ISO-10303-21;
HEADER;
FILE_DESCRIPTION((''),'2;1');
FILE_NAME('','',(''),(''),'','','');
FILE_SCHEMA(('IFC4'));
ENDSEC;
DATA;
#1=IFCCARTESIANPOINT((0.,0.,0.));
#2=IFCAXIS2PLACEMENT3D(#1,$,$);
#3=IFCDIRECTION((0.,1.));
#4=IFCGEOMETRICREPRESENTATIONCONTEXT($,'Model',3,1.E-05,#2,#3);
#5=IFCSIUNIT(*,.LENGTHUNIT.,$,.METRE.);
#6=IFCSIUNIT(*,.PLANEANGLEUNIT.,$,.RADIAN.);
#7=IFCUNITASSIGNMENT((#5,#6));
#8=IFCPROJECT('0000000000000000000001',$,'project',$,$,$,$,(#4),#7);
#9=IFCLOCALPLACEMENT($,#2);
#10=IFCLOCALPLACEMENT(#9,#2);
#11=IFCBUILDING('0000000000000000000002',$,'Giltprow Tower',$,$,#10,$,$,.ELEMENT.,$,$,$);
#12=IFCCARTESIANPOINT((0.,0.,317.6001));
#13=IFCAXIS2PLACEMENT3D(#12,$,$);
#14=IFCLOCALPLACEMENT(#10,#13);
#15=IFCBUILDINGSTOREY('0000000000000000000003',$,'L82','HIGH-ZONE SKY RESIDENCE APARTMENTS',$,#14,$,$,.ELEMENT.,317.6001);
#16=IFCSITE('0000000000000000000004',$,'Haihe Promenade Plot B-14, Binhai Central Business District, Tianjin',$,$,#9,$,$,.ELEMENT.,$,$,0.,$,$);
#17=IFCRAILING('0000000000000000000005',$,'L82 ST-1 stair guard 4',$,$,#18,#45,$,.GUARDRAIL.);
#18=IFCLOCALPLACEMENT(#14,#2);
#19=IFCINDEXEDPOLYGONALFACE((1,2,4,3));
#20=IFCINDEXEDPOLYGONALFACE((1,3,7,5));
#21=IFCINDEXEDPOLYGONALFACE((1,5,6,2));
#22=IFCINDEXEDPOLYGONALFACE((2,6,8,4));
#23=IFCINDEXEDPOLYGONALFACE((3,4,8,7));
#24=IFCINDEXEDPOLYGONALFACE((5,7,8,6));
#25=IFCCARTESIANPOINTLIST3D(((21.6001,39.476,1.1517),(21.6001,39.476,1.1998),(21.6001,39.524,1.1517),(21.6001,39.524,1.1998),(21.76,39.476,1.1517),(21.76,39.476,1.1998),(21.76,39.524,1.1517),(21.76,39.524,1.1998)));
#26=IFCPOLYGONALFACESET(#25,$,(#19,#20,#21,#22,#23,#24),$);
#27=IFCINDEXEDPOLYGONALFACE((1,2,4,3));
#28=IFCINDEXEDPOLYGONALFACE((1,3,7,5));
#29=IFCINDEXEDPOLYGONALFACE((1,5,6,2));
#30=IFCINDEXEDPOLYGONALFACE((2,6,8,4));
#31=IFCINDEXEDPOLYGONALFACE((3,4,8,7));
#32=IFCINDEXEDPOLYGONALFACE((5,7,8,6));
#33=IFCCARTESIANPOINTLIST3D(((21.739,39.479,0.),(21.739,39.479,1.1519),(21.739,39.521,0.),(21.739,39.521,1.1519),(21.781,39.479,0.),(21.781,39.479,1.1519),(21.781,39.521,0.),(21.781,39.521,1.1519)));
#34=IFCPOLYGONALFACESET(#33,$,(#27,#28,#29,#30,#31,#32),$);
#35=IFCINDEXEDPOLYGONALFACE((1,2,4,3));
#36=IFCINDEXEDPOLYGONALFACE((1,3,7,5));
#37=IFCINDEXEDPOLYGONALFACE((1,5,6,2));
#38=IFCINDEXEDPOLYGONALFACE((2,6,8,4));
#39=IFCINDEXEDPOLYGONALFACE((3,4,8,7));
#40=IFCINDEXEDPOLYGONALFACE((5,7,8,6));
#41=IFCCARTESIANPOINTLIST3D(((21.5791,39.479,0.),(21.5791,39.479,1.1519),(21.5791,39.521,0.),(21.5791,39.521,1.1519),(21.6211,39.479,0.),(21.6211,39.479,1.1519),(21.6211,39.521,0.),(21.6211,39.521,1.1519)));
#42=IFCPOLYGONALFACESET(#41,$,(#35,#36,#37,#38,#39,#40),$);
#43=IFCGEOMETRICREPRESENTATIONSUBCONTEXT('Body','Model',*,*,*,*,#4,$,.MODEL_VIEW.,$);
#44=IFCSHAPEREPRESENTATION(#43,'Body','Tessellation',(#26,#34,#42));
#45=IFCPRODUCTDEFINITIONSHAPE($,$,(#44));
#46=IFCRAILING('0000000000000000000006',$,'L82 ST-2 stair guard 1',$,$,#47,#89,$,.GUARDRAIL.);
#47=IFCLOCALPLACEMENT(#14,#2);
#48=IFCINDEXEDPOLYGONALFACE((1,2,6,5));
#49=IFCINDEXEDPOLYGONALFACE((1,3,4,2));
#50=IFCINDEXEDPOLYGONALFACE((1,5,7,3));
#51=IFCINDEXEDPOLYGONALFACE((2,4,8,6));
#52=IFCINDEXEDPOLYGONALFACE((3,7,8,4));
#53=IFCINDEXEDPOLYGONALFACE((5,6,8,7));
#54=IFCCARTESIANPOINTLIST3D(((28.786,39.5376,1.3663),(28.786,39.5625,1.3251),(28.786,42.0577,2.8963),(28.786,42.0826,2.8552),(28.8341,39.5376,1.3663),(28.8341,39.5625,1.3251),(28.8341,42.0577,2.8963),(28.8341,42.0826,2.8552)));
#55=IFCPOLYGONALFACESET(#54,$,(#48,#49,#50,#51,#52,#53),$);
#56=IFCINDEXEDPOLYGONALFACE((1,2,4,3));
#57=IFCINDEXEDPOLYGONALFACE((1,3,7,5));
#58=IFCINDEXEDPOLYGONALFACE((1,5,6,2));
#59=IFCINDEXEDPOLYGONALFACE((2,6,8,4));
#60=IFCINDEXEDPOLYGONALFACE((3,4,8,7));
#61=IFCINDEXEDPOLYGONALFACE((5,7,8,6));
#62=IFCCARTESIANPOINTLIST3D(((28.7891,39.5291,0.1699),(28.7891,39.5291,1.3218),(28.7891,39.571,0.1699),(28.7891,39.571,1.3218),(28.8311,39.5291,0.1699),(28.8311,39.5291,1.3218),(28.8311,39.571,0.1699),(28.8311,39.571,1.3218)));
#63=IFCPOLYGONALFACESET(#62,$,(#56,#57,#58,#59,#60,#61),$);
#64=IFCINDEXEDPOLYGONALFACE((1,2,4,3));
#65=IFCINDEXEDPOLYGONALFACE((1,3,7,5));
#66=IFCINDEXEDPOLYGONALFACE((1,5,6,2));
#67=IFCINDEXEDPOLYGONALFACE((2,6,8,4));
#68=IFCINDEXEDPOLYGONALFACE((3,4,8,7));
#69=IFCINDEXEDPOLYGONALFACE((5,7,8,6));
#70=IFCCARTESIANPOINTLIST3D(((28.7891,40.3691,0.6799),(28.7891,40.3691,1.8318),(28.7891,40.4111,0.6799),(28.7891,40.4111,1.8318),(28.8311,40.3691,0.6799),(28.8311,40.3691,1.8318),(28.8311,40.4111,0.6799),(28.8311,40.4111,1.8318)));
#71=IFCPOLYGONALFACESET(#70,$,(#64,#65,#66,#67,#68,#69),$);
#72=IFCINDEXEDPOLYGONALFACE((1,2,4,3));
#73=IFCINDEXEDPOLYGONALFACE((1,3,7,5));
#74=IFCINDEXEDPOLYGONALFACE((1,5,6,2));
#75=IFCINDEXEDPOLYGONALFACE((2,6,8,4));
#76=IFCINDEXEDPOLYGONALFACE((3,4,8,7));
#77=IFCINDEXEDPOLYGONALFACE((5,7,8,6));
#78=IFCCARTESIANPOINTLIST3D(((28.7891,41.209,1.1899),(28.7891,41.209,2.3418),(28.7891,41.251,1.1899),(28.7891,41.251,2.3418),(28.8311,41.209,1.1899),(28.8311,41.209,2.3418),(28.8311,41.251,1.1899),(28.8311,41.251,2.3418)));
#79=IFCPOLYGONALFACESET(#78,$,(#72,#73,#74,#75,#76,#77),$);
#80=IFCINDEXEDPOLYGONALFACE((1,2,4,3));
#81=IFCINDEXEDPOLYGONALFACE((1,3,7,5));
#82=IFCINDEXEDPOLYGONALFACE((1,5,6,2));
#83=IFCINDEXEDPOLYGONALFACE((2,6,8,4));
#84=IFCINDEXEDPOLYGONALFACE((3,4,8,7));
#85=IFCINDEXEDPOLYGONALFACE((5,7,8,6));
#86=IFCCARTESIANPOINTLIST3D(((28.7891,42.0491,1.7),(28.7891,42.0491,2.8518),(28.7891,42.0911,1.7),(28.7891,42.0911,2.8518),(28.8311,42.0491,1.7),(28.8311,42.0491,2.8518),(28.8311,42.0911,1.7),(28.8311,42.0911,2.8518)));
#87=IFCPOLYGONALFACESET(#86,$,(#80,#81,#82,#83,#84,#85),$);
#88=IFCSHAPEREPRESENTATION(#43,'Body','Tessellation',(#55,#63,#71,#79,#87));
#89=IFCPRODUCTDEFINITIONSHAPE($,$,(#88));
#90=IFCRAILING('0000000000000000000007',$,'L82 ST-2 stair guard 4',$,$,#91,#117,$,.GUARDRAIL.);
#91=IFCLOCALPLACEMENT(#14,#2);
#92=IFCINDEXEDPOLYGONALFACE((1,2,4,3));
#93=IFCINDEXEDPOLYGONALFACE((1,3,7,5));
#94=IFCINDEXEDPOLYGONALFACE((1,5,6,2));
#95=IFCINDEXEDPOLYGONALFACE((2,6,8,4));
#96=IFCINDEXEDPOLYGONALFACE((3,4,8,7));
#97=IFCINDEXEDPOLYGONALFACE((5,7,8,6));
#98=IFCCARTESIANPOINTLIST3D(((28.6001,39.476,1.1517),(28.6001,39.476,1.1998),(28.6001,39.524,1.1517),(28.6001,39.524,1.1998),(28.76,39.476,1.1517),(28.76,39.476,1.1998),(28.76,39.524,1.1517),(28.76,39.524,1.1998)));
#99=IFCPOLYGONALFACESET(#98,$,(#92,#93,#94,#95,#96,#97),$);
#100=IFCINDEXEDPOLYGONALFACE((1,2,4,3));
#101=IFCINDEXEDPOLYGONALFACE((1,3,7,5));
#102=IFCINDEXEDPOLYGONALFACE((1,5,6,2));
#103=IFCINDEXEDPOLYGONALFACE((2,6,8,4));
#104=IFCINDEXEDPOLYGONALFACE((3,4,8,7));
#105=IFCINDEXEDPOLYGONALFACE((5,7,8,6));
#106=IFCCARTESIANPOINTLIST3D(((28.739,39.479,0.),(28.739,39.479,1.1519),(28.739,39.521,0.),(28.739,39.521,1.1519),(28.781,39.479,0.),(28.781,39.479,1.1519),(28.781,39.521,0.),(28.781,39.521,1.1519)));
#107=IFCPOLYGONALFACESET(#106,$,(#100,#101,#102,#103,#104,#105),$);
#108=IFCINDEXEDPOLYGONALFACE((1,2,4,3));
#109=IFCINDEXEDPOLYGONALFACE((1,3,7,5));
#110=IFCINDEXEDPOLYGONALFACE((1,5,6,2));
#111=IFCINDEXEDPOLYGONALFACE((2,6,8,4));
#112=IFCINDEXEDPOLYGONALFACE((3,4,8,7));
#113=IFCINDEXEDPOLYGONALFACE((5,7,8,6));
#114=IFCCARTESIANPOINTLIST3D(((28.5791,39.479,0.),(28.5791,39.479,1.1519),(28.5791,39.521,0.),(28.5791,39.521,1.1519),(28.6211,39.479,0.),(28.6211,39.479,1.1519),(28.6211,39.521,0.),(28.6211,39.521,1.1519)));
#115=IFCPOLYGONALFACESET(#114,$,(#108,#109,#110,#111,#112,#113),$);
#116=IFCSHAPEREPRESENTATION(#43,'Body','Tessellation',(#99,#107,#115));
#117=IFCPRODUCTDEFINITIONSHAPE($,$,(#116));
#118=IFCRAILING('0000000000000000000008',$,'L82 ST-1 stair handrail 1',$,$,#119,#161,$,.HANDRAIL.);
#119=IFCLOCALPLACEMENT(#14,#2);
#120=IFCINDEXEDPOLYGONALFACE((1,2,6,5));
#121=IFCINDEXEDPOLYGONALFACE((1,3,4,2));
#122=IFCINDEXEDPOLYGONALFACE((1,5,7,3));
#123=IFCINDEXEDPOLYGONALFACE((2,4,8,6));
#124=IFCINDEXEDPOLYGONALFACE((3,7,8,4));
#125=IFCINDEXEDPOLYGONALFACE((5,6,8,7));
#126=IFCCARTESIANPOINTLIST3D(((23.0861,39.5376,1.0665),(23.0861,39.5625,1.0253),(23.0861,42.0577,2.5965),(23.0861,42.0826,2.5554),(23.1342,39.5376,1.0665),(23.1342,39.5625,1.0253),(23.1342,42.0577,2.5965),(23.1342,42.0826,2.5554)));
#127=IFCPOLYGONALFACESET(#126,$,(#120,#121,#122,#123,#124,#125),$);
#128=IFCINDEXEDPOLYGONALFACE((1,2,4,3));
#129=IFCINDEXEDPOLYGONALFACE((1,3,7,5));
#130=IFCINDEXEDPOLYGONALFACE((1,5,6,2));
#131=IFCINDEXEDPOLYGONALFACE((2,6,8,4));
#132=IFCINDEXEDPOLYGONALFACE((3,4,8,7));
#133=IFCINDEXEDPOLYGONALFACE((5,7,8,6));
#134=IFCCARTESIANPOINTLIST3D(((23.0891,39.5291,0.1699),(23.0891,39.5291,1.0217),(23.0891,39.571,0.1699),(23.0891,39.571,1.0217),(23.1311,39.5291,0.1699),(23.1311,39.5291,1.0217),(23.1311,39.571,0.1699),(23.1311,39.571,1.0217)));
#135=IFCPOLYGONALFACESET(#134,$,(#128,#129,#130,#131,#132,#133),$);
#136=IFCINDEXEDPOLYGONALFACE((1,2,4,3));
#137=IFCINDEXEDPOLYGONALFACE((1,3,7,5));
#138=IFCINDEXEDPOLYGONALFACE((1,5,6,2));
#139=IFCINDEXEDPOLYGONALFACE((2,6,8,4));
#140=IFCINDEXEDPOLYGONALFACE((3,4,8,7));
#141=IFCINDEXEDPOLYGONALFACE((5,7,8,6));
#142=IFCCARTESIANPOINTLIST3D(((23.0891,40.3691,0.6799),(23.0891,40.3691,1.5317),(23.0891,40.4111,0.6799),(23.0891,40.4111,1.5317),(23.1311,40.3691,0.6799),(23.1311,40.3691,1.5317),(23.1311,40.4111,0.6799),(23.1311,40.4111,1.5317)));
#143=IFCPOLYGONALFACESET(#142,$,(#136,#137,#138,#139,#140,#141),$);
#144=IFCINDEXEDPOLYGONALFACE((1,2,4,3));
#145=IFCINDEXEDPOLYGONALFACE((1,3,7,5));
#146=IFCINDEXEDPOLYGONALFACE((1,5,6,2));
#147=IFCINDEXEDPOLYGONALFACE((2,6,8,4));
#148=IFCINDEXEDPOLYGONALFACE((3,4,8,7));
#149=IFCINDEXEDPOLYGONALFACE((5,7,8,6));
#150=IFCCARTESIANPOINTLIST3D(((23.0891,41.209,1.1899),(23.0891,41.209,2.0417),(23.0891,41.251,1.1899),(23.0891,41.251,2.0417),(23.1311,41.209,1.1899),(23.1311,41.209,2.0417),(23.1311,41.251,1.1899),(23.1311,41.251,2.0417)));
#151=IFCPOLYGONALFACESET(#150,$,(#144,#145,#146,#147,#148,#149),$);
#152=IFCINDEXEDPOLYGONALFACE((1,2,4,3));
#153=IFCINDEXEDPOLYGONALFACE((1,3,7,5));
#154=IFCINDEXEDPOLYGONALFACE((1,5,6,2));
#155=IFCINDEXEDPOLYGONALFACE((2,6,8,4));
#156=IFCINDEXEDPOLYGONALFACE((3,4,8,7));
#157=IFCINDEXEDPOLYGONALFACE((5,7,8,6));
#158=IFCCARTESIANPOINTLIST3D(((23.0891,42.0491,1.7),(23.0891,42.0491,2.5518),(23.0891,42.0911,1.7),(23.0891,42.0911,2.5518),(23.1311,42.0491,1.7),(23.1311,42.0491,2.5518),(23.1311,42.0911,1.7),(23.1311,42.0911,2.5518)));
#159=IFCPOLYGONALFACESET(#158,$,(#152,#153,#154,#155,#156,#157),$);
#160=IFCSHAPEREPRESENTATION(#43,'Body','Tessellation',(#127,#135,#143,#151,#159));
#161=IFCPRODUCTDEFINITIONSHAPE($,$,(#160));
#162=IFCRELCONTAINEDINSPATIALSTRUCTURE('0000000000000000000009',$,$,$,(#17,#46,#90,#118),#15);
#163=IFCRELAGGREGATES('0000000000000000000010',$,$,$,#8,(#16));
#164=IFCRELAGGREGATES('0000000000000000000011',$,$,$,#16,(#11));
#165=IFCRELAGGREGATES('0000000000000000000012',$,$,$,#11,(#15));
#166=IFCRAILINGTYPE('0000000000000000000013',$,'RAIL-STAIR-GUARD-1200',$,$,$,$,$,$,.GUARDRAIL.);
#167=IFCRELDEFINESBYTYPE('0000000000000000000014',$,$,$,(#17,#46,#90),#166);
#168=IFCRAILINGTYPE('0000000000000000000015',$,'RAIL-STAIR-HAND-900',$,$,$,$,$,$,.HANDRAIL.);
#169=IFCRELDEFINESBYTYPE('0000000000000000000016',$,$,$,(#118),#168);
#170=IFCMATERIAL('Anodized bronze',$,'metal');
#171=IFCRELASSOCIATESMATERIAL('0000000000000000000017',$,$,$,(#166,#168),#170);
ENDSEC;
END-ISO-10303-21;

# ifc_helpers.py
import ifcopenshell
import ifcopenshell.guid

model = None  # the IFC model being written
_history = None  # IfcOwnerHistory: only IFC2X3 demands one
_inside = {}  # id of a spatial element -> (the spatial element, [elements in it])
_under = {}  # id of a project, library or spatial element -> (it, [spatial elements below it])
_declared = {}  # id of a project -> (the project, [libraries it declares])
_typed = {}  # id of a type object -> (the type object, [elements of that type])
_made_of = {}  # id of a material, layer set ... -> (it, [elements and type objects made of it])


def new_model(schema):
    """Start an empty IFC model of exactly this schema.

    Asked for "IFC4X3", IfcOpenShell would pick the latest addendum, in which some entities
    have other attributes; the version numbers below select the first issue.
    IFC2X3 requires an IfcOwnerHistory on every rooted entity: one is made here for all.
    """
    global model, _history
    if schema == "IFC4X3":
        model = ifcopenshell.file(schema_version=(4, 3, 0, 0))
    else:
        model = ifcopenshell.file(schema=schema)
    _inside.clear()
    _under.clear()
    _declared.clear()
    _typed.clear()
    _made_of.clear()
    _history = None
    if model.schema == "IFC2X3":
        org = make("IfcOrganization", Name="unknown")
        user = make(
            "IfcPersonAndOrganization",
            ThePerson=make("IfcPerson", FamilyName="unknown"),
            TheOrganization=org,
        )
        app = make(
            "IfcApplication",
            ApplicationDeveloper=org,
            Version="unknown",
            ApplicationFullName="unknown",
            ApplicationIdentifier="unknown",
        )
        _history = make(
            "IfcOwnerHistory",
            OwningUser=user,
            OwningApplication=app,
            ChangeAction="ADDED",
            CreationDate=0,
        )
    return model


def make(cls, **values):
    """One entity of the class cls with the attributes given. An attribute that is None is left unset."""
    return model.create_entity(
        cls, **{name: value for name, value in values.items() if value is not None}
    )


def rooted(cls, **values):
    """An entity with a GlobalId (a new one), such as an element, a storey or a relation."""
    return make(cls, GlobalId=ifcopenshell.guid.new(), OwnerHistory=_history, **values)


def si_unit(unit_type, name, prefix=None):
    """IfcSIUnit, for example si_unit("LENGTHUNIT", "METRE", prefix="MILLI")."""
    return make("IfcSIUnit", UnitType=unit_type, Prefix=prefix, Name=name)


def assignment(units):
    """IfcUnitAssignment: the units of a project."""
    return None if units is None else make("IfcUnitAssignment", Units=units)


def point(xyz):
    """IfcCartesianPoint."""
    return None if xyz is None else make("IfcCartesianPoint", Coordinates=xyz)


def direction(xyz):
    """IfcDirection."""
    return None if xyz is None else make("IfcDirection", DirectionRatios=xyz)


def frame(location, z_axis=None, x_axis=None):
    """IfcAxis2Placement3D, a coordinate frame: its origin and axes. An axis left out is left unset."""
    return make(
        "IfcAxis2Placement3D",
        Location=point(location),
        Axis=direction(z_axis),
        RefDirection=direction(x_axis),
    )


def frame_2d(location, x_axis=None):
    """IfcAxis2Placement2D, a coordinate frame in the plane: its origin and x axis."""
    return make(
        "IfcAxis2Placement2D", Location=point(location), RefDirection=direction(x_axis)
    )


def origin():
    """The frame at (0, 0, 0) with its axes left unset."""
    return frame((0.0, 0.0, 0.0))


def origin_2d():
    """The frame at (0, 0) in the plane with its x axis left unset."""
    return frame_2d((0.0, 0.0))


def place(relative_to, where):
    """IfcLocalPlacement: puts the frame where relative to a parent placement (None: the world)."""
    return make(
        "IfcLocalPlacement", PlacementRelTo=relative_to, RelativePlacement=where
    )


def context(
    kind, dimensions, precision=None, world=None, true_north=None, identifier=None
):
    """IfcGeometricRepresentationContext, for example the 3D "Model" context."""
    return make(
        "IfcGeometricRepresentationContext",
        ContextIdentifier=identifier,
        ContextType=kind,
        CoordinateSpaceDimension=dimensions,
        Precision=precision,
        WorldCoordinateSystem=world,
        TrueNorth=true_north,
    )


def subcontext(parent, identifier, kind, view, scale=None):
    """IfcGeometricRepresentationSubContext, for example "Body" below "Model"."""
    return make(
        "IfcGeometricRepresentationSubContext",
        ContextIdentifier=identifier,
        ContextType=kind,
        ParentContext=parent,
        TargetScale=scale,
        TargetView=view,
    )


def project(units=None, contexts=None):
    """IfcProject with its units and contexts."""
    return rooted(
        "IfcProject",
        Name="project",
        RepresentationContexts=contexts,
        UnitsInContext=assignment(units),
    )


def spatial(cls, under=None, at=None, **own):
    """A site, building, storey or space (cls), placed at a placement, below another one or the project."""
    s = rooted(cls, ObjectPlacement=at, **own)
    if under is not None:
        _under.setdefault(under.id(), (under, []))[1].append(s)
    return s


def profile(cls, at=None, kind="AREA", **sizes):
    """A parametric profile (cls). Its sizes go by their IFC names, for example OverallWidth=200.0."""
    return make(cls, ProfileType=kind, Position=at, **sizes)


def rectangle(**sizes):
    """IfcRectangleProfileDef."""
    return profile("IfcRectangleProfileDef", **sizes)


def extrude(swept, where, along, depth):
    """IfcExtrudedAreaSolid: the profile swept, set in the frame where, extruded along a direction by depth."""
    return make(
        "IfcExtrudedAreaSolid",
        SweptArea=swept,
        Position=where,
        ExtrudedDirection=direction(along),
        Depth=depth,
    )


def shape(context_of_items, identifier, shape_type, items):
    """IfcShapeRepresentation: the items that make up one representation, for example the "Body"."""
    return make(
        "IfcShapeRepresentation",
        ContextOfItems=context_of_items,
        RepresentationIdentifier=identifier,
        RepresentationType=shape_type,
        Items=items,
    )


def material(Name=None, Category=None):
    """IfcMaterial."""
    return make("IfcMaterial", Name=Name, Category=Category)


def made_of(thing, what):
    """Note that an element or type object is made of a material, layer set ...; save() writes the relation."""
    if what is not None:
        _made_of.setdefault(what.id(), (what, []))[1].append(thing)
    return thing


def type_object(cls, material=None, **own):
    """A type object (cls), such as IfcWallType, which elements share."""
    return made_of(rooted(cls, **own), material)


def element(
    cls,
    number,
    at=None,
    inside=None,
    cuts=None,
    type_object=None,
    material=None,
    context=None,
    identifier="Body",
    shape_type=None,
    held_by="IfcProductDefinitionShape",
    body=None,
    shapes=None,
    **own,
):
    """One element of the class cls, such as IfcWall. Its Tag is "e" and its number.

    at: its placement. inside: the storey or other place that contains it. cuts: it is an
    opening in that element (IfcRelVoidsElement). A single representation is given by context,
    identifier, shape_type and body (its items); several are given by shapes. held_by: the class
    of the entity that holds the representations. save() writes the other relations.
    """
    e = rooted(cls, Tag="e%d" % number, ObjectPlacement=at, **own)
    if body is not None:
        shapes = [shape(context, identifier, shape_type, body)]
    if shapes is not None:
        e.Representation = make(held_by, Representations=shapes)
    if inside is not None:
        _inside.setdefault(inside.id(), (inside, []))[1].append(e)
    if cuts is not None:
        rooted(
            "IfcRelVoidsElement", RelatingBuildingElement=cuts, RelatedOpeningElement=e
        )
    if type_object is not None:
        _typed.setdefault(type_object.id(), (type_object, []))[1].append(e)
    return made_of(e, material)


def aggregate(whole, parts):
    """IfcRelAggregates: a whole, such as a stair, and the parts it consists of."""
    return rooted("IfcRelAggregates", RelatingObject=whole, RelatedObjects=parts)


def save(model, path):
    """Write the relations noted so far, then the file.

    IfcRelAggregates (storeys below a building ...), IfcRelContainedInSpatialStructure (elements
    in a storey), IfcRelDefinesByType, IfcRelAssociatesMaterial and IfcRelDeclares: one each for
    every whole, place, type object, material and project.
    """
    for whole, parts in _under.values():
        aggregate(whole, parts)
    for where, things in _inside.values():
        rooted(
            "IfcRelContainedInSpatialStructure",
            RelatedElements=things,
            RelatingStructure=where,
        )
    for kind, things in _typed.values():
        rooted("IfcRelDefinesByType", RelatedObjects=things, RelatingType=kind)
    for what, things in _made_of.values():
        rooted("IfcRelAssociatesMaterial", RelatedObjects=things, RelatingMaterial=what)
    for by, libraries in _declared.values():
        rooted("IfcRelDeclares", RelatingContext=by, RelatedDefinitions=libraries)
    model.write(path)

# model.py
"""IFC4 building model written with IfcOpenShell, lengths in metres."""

from ifc_helpers import new_model, si_unit, direction, frame, origin, origin_2d, place, context, subcontext, project, spatial, rectangle, extrude, material, type_object, element, save


model = new_model("IFC4")

# Units and contexts
model_context = context("Model", 3, precision=1e-05, world=origin(), true_north=direction((0.0, 1.0)))
body_context = subcontext(model_context, "Body", "Model", "MODEL_VIEW")
ifc_project = project(units=[si_unit("LENGTHUNIT", "METRE"), si_unit("PLANEANGLEUNIT", "RADIAN")], contexts=[model_context])

# Site, building, storey
site_placement = place(None, origin())
site = spatial("IfcSite", under=ifc_project, at=site_placement, Name="Haihe Promenade Plot B-14, Binhai Central Business District, Tianjin", CompositionType="ELEMENT", RefElevation=0.0)
building_placement = place(site_placement, origin())
building = spatial("IfcBuilding", under=site, at=building_placement, Name="Giltprow Tower", CompositionType="ELEMENT")
storey_placement = place(building_placement, frame((0.0, 0.0, 317.6001)))
storey = spatial("IfcBuildingStorey", under=building, at=storey_placement, Name="L82", Description="HIGH-ZONE SKY RESIDENCE APARTMENTS", CompositionType="ELEMENT", Elevation=317.6001)

# Railings
ifc_material_1 = material(Name="Anodized bronze", Category="metal")
railing_type_1 = type_object("IfcRailingType", Name="RAIL-STAIR-GUARD-1200", PredefinedType="GUARDRAIL", material=ifc_material_1)
railing_1_placement = place(storey_placement, frame((21.76, 39.5, 0.0)))
element("IfcRailing", 1, at=railing_1_placement, inside=storey, type_object=railing_type_1, Name="L82 ST-1 stair guard 4", PredefinedType="GUARDRAIL", context=body_context, shape_type="SweptSolid", body=[
    extrude(rectangle(XDim=0.0481, YDim=0.0481, at=origin_2d()), frame((0.0, 0.0, 1.1758), z_axis=(-1.0, 0.0, 0.0), x_axis=(0.0, -1.0, 0.0)), (0.0, 0.0, 1.0), 0.1599),
    extrude(rectangle(XDim=0.042, YDim=0.042, at=origin_2d()), origin(), (0.0, 0.0, 1.0), 1.1519),
    extrude(rectangle(XDim=0.042, YDim=0.042, at=origin_2d()), frame((-0.1599, 0.0, 0.0)), (0.0, 0.0, 1.0), 1.1519),
])
railing_2_placement = place(storey_placement, frame((28.8101, 39.55, 0.1699)))
element("IfcRailing", 2, at=railing_2_placement, inside=storey, type_object=railing_type_1, Name="L82 ST-2 stair guard 1", PredefinedType="GUARDRAIL", context=body_context, shape_type="SweptSolid", body=[
    extrude(rectangle(XDim=0.0481, YDim=0.0481, at=origin_2d()), frame((0.0, 0.0, 1.1758), z_axis=(0.0, 0.854785, 0.518982), x_axis=(-1.0, 0.0, 0.0)), (0.0, 0.0, 1.0), 2.9482),
    extrude(rectangle(XDim=0.042, YDim=0.042, at=origin_2d()), origin(), (0.0, 0.0, 1.0), 1.1519),
    extrude(rectangle(XDim=0.042, YDim=0.042, at=origin_2d()), frame((0.0, 0.8401, 0.51)), (0.0, 0.0, 1.0), 1.1519),
    extrude(rectangle(XDim=0.042, YDim=0.042, at=origin_2d()), frame((0.0, 1.6799, 1.02)), (0.0, 0.0, 1.0), 1.1519),
    extrude(rectangle(XDim=0.042, YDim=0.042, at=origin_2d()), frame((0.0, 2.52, 1.53)), (0.0, 0.0, 1.0), 1.1519),
])
railing_3_placement = place(storey_placement, frame((28.76, 39.5, 0.0)))
element("IfcRailing", 3, at=railing_3_placement, inside=storey, type_object=railing_type_1, Name="L82 ST-2 stair guard 4", PredefinedType="GUARDRAIL", context=body_context, shape_type="SweptSolid", body=[
    extrude(rectangle(XDim=0.0481, YDim=0.0481, at=origin_2d()), frame((0.0, 0.0, 1.1758), z_axis=(-1.0, 0.0, 0.0), x_axis=(0.0, -1.0, 0.0)), (0.0, 0.0, 1.0), 0.1599),
    extrude(rectangle(XDim=0.042, YDim=0.042, at=origin_2d()), origin(), (0.0, 0.0, 1.0), 1.1519),
    extrude(rectangle(XDim=0.042, YDim=0.042, at=origin_2d()), frame((-0.1599, 0.0, 0.0)), (0.0, 0.0, 1.0), 1.1519),
])
railing_type_2 = type_object("IfcRailingType", Name="RAIL-STAIR-HAND-900", PredefinedType="HANDRAIL", material=ifc_material_1)
railing_4_placement = place(storey_placement, frame((23.1101, 39.55, 0.1699)))
element("IfcRailing", 4, at=railing_4_placement, inside=storey, type_object=railing_type_2, Name="L82 ST-1 stair handrail 1", PredefinedType="HANDRAIL", context=body_context, shape_type="SweptSolid", body=[
    extrude(rectangle(XDim=0.0481, YDim=0.0481, at=origin_2d()), frame((0.0, 0.0, 0.876), z_axis=(0.0, 0.854785, 0.518982), x_axis=(-1.0, 0.0, 0.0)), (0.0, 0.0, 1.0), 2.9482),
    extrude(rectangle(XDim=0.042, YDim=0.042, at=origin_2d()), origin(), (0.0, 0.0, 1.0), 0.8518),
    extrude(rectangle(XDim=0.042, YDim=0.042, at=origin_2d()), frame((0.0, 0.8401, 0.51)), (0.0, 0.0, 1.0), 0.8518),
    extrude(rectangle(XDim=0.042, YDim=0.042, at=origin_2d()), frame((0.0, 1.6799, 1.02)), (0.0, 0.0, 1.0), 0.8518),
    extrude(rectangle(XDim=0.042, YDim=0.042, at=origin_2d()), frame((0.0, 2.52, 1.53)), (0.0, 0.0, 1.0), 0.8518),
])

save(model, "model.ifc")
